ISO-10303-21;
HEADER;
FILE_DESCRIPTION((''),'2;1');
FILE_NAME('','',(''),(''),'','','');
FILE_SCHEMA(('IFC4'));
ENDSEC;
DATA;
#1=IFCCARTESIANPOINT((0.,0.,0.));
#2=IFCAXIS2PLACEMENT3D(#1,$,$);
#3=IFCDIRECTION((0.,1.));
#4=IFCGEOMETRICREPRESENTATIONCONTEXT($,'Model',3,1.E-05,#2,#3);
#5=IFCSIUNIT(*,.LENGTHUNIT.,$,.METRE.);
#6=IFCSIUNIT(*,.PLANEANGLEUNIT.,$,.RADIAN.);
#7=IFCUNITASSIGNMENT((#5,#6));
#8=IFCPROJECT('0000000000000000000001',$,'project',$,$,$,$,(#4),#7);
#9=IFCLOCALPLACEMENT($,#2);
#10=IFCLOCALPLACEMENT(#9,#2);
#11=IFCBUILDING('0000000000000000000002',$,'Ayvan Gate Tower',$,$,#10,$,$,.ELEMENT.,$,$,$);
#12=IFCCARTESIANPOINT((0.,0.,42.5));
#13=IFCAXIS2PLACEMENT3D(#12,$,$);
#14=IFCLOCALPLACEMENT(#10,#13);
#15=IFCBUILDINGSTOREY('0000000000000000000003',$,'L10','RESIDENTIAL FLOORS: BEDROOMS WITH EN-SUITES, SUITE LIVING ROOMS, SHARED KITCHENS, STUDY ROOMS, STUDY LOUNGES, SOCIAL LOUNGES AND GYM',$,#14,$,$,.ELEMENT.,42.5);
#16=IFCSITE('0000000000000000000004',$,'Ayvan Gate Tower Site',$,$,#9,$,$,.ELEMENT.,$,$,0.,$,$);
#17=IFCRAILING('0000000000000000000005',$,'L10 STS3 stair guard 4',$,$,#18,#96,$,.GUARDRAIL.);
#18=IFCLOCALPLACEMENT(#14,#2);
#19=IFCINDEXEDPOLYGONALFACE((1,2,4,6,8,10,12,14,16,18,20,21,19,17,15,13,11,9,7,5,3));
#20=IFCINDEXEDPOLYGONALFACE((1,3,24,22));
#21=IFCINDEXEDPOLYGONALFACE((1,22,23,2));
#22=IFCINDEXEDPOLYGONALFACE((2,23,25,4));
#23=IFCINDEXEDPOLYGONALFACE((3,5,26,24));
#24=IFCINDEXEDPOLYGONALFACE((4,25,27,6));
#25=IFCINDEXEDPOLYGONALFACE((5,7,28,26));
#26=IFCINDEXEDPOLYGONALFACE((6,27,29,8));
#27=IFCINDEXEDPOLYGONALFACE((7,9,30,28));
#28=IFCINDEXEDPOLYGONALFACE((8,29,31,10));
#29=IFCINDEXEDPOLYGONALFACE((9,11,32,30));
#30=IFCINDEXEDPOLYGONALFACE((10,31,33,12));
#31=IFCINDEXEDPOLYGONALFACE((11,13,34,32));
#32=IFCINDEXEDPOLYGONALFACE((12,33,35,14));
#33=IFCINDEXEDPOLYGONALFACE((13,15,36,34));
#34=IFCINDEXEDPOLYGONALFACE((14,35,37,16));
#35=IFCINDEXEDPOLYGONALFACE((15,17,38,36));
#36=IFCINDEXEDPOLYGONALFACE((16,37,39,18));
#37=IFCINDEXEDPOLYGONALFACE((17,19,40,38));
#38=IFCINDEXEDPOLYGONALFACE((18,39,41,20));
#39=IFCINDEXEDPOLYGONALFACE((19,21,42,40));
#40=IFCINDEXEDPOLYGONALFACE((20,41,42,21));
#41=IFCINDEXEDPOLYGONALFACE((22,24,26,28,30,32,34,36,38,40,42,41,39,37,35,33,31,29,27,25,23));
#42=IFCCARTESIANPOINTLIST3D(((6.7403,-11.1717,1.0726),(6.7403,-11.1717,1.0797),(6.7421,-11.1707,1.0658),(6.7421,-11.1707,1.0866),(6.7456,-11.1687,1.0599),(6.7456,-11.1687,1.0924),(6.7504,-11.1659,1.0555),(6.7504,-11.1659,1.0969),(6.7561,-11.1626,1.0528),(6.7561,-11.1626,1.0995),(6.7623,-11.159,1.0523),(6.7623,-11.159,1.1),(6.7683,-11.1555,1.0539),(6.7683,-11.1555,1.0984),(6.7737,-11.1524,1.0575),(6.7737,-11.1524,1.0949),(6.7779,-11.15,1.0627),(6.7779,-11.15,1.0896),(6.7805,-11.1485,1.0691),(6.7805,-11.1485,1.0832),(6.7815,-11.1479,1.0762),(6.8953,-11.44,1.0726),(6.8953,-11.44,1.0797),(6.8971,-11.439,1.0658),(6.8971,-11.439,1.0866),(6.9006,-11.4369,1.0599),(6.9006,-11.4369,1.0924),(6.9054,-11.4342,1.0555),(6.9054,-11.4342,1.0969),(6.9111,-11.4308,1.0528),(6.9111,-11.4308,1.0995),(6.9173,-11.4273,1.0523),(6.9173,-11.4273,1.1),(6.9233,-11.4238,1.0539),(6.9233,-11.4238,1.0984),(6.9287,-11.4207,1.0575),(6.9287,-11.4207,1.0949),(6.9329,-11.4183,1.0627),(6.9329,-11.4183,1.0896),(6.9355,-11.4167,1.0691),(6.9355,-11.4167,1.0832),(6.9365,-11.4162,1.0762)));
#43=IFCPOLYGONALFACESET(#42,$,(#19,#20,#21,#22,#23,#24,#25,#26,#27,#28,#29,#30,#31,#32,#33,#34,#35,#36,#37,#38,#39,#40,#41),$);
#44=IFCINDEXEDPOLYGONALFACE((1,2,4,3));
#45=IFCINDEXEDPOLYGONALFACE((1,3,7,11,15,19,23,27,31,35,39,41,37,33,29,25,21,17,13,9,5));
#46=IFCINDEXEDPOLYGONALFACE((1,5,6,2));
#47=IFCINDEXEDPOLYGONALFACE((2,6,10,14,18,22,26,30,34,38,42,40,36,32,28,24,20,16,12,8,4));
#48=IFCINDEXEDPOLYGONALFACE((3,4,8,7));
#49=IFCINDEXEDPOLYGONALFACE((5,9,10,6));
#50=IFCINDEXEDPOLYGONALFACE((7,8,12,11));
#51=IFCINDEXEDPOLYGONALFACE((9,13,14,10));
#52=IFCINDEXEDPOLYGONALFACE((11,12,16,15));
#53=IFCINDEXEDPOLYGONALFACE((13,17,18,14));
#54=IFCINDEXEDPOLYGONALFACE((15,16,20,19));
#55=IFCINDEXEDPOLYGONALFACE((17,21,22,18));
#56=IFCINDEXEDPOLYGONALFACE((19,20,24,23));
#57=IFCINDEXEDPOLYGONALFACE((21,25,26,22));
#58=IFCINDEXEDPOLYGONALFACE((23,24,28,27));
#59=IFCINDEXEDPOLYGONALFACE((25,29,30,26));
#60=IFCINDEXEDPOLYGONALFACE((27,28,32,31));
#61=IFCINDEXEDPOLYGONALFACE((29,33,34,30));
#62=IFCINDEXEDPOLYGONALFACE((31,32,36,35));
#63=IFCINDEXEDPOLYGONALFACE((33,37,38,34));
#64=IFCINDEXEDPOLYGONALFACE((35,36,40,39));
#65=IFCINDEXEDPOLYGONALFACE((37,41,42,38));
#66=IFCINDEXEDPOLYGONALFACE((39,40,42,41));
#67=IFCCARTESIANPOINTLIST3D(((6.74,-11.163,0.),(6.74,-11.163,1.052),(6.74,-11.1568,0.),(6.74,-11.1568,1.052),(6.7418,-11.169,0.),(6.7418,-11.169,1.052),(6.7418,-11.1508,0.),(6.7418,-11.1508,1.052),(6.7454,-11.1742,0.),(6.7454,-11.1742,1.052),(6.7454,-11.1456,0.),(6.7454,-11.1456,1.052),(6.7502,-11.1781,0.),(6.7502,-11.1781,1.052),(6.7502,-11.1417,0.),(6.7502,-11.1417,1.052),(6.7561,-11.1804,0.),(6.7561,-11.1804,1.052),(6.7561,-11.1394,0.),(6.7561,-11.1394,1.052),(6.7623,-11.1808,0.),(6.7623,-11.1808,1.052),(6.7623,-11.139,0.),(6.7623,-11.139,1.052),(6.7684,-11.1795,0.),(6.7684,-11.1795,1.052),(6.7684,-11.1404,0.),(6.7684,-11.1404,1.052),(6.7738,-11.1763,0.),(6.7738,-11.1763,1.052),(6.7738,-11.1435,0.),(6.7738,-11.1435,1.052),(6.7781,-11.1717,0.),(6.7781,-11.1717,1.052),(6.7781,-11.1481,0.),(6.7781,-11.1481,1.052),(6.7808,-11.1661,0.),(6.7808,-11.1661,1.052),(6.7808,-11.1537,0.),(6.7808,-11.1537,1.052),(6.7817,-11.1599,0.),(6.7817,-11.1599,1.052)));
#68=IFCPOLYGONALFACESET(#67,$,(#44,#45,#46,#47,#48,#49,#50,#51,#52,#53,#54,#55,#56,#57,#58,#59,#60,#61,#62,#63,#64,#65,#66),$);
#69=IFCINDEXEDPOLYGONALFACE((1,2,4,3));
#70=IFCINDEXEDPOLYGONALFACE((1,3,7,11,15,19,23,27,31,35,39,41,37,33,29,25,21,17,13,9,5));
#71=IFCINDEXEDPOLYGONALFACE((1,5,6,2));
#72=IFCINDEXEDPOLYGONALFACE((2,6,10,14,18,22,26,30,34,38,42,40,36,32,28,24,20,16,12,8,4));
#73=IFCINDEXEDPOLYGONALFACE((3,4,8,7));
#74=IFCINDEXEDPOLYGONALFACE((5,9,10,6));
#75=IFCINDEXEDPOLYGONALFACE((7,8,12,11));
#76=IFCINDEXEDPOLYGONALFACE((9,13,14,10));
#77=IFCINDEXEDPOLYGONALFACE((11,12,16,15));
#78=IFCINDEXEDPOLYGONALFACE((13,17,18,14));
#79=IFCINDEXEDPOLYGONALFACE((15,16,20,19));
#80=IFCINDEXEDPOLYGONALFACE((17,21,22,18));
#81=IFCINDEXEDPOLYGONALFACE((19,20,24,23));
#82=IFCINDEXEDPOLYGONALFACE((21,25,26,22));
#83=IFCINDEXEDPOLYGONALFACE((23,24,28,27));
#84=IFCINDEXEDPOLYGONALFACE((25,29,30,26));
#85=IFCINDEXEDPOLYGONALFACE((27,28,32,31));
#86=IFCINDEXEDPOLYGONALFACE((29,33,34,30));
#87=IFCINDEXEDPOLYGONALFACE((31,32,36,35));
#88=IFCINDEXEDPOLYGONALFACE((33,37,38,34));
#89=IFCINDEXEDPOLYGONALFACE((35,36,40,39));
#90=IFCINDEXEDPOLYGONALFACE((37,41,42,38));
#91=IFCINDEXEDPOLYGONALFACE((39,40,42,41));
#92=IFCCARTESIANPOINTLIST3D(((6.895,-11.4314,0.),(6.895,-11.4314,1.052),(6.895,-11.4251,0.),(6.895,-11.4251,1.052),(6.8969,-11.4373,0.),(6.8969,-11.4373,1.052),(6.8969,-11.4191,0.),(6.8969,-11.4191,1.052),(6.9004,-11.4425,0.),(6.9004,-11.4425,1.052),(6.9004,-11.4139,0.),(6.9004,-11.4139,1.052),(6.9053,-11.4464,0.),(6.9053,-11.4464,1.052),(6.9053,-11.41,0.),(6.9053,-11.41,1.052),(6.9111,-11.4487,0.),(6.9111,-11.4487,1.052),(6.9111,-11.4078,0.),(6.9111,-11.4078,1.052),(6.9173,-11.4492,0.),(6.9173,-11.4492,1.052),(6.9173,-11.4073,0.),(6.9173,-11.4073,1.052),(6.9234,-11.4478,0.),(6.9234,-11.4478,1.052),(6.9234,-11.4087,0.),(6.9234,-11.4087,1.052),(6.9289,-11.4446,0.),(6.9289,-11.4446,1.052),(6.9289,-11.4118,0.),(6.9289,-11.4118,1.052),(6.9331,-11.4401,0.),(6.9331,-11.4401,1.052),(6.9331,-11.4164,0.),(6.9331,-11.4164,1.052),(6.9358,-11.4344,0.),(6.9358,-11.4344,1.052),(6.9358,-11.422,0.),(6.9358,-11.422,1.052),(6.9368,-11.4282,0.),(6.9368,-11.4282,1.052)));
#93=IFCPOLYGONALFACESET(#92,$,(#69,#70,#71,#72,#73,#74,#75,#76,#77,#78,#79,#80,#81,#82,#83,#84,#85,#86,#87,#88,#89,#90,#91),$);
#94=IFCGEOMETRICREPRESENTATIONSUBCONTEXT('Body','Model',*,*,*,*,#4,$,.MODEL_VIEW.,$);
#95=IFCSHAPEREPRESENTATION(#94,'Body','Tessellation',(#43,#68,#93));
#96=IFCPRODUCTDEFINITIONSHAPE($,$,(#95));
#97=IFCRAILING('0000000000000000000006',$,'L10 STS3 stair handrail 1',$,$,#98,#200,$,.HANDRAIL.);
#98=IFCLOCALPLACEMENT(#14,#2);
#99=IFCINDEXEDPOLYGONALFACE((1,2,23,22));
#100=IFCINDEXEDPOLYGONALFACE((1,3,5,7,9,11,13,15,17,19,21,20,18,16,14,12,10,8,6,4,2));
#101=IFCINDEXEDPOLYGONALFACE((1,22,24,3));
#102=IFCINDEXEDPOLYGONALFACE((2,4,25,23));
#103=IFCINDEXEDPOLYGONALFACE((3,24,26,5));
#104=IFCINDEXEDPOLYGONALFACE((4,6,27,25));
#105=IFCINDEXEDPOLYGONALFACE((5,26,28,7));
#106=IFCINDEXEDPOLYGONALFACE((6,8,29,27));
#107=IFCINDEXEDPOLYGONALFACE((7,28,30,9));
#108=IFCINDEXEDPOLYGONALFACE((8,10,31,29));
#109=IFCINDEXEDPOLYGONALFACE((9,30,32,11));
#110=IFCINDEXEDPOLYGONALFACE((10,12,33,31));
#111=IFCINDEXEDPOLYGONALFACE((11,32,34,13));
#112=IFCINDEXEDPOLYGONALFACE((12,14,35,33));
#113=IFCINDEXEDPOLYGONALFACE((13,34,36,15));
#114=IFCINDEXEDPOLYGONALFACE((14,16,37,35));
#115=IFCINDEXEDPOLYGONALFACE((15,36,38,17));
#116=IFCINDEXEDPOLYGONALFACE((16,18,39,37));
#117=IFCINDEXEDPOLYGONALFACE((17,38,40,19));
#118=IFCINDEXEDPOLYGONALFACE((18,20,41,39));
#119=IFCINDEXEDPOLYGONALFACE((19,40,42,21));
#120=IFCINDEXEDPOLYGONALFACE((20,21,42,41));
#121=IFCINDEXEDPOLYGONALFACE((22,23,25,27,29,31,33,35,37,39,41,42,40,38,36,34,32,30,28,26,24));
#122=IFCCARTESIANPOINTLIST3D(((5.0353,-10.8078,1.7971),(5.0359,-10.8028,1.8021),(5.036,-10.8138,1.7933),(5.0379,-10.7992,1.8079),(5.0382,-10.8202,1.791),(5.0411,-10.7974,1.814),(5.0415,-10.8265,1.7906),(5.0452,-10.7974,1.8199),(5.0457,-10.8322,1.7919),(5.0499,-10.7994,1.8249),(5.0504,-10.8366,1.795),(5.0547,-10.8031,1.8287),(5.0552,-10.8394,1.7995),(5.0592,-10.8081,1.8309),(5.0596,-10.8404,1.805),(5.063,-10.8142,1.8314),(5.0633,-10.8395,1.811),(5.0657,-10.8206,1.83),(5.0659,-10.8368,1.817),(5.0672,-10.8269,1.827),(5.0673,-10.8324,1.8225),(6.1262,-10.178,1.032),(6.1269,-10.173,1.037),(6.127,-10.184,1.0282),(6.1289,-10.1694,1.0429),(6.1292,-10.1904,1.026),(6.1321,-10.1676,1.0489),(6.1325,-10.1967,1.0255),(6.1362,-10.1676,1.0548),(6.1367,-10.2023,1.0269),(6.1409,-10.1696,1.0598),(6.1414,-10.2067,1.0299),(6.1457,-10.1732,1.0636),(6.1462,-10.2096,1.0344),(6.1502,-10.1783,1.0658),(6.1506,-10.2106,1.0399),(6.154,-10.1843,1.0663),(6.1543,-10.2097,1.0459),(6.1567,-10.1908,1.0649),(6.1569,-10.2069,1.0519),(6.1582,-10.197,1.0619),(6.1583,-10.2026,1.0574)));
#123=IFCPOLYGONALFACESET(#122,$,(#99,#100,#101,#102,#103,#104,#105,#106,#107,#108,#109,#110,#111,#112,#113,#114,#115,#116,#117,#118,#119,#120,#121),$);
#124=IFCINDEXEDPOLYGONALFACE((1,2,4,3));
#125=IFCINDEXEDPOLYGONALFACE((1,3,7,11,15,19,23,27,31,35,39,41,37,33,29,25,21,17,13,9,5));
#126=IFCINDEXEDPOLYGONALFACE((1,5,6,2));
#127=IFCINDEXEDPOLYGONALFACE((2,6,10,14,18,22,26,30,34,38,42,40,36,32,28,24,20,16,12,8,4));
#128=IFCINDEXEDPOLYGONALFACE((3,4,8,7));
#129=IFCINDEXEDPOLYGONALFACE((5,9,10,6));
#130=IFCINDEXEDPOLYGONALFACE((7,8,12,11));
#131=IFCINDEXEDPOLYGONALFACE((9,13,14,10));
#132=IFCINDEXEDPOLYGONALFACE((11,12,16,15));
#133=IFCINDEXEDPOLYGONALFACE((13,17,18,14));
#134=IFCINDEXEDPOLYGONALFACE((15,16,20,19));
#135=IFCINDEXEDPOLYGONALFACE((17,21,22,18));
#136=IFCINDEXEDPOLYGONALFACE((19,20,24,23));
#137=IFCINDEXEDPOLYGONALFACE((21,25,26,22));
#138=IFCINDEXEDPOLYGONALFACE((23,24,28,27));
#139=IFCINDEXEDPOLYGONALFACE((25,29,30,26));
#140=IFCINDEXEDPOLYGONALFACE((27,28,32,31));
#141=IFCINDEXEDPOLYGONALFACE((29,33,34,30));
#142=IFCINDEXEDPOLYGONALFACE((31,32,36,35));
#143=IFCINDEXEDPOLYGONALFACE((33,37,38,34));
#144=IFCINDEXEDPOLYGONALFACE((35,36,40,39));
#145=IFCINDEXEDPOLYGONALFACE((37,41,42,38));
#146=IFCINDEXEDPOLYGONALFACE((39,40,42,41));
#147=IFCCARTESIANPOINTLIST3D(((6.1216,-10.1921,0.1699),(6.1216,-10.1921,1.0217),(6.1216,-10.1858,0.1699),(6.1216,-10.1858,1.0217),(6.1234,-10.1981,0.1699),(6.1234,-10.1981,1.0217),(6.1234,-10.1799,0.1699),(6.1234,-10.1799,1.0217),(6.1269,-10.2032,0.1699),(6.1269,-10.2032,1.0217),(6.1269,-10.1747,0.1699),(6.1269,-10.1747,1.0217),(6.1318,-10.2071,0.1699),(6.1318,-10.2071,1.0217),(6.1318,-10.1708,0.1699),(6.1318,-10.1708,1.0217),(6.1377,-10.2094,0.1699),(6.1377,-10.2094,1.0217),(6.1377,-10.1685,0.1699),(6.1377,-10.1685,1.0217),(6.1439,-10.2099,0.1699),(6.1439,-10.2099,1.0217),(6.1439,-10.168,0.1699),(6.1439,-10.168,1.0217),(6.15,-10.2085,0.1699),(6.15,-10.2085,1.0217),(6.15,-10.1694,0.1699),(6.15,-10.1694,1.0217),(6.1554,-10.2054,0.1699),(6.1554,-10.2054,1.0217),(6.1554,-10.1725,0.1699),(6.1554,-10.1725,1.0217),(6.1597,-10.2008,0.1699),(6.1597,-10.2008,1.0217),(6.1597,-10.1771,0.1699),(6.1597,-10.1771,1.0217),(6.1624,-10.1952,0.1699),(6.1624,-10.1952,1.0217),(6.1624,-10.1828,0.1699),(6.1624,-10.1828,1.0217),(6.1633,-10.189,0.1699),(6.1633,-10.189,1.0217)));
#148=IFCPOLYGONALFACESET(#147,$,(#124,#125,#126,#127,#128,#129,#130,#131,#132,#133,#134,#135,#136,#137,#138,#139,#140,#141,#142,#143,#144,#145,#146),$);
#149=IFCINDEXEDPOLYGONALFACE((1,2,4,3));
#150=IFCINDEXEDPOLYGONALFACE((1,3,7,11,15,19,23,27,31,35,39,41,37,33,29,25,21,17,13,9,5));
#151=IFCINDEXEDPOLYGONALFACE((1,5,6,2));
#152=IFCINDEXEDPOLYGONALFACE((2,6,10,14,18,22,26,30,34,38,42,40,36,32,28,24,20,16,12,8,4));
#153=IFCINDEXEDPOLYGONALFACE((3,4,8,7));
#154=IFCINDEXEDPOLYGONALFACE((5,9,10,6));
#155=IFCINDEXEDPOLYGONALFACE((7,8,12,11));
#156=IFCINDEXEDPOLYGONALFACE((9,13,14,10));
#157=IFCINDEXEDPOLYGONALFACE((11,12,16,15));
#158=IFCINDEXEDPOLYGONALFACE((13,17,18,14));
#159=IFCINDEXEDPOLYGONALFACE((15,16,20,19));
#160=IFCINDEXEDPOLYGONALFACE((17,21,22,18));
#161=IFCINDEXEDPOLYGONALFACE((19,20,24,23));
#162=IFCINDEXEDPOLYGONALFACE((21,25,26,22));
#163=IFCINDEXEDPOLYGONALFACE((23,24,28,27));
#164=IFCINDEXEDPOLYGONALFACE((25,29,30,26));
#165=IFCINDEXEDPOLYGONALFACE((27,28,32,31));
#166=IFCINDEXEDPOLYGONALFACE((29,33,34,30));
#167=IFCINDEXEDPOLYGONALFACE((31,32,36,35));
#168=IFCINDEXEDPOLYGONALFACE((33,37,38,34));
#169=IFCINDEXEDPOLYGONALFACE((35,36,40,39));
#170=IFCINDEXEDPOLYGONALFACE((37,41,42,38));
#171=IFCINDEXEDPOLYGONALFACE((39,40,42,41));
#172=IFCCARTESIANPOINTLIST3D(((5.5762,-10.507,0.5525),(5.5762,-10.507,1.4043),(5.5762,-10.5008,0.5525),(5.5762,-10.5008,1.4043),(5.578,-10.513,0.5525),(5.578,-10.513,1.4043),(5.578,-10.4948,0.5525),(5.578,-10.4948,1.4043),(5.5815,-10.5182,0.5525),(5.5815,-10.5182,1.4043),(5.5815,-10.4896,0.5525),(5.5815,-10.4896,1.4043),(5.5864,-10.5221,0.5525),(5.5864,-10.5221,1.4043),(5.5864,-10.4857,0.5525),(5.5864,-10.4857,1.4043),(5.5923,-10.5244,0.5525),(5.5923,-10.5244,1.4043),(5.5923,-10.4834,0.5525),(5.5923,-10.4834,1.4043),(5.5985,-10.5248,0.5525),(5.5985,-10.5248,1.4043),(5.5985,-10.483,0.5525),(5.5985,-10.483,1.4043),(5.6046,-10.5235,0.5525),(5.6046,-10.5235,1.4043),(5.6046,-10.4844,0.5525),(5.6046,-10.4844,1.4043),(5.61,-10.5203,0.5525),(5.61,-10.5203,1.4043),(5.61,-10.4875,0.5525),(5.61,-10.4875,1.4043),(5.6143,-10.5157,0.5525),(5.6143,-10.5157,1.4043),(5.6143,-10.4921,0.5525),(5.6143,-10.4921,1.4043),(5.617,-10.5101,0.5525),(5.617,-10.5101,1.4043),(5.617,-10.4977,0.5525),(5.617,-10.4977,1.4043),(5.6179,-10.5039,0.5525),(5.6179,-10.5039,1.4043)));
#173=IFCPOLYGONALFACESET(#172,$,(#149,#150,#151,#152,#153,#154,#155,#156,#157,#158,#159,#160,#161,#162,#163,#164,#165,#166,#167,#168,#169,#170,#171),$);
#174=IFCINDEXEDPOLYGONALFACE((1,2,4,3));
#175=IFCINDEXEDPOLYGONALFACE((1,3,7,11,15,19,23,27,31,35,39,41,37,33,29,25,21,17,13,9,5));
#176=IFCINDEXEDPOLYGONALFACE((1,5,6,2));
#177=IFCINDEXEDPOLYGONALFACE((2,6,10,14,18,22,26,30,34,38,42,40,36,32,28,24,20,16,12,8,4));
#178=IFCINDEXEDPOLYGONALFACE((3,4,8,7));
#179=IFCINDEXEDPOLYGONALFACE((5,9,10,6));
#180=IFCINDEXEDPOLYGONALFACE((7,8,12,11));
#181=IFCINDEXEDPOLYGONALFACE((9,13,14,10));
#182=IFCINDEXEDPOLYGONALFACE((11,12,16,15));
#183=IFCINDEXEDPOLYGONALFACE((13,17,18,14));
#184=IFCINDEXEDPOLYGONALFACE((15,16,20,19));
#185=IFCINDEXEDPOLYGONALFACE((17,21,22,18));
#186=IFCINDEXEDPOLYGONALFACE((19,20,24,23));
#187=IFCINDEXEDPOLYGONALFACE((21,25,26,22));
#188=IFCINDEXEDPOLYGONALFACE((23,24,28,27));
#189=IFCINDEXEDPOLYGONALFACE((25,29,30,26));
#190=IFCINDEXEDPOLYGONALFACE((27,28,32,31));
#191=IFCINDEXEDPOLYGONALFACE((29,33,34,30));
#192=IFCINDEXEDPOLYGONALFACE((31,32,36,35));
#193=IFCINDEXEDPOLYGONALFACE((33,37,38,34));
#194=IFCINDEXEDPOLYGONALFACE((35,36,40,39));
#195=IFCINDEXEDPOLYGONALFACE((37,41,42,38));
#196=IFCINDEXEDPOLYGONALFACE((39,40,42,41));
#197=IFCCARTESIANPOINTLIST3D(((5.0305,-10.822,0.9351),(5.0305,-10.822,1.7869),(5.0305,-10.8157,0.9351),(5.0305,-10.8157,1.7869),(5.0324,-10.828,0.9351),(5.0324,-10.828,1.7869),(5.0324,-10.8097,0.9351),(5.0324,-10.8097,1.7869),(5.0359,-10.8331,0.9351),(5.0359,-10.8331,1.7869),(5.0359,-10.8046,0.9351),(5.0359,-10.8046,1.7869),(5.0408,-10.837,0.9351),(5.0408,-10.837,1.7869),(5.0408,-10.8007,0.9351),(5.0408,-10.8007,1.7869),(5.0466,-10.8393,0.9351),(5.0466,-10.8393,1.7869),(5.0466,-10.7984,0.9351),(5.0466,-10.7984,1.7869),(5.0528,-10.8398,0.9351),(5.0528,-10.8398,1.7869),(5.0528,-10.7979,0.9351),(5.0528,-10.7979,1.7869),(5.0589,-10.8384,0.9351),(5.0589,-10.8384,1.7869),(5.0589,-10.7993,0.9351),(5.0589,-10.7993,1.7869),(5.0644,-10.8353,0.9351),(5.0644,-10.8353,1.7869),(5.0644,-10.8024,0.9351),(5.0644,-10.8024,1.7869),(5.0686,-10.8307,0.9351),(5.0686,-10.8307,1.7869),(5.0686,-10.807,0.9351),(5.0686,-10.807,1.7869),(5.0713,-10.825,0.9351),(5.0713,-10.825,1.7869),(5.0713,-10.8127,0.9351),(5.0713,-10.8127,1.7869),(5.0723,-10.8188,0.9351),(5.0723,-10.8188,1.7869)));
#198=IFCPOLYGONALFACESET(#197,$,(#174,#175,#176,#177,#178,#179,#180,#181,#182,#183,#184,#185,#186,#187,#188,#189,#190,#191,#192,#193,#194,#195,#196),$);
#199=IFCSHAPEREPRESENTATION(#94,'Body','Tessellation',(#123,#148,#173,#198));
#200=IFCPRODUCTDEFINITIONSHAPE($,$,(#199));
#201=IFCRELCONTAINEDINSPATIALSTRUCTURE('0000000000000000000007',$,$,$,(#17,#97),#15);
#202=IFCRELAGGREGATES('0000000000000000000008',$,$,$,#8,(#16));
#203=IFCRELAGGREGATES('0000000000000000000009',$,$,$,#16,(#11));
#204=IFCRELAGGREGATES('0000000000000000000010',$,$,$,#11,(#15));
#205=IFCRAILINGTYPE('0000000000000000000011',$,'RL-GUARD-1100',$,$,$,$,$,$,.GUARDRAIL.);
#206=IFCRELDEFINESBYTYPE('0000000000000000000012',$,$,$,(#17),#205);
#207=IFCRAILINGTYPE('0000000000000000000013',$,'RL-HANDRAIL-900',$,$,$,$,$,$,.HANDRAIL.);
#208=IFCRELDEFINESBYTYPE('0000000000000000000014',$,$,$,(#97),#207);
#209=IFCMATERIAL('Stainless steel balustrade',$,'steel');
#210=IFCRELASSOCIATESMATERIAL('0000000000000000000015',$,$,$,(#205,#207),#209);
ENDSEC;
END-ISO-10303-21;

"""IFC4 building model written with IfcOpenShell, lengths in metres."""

from ifc_helpers import new_model, si_unit, direction, frame, origin, origin_2d, place, context, subcontext, project, spatial, circle, extrude, material, type_object, element, save


model = new_model("IFC4")

# Units and contexts
model_context = context("Model", 3, precision=1e-05, world=origin(), true_north=direction((0.0, 1.0)))
body_context = subcontext(model_context, "Body", "Model", "MODEL_VIEW")
ifc_project = project(units=[si_unit("LENGTHUNIT", "METRE"), si_unit("PLANEANGLEUNIT", "RADIAN")], contexts=[model_context])

# Site, building, storey
site_placement = place(None, origin())
site = spatial("IfcSite", under=ifc_project, at=site_placement, Name="Ayvan Gate Tower Site", CompositionType="ELEMENT", RefElevation=0.0)
building_placement = place(site_placement, origin())
building = spatial("IfcBuilding", under=site, at=building_placement, Name="Ayvan Gate Tower", CompositionType="ELEMENT")
storey_placement = place(building_placement, frame((0.0, 0.0, 42.5)))
storey = spatial("IfcBuildingStorey", under=building, at=storey_placement, Name="L10", Description="RESIDENTIAL FLOORS: BEDROOMS WITH EN-SUITES, SUITE LIVING ROOMS, SHARED KITCHENS, STUDY ROOMS, STUDY LOUNGES, SOCIAL LOUNGES AND GYM", CompositionType="ELEMENT", Elevation=42.5)

# Railings
ifc_material_1 = material(Name="Stainless steel balustrade", Category="steel")
railing_type_1 = type_object("IfcRailingType", Name="RL-GUARD-1100", PredefinedType="GUARDRAIL", material=ifc_material_1)
railing_1_placement = place(storey_placement, frame((6.7607, -11.1599, 0.0)))
element("IfcRailing", 1, at=railing_1_placement, inside=storey, type_object=railing_type_1, Name="L10 STS3 stair guard 4", PredefinedType="GUARDRAIL", context=body_context, shape_type="SweptSolid", body=[
    extrude(circle(Radius=0.0239, at=origin_2d()), frame((0.0, 0.0, 1.0762), z_axis=(0.500291, -0.865857, 0.0), x_axis=(0.865857, 0.500291, 0.0)), (0.0, 0.0, 1.0), 0.3098),
    extrude(circle(Radius=0.021, at=origin_2d()), origin(), (0.0, 0.0, 1.0), 1.052),
    extrude(circle(Radius=0.021, at=origin_2d()), frame((0.155, -0.2683, 0.0)), (0.0, 0.0, 1.0), 1.052),
])
railing_type_2 = type_object("IfcRailingType", Name="RL-HANDRAIL-900", PredefinedType="HANDRAIL", material=ifc_material_1)
railing_2_placement = place(storey_placement, frame((6.1423, -10.189, 0.1699)))
element("IfcRailing", 2, at=railing_2_placement, inside=storey, type_object=railing_type_2, Name="L10 STS3 stair handrail 1", PredefinedType="HANDRAIL", context=body_context, shape_type="SweptSolid", body=[
    extrude(circle(Radius=0.0239, at=origin_2d()), frame((0.0, 0.0, 0.876), z_axis=(-0.740218, -0.427336, 0.519097), x_axis=(0.499974, -0.86604, 0.0)), (0.0, 0.0, 1.0), 1.4739),
    extrude(circle(Radius=0.021, at=origin_2d()), origin(), (0.0, 0.0, 1.0), 0.8518),
    extrude(circle(Radius=0.021, at=origin_2d()), frame((-0.5454, -0.3149, 0.3826)), (0.0, 0.0, 1.0), 0.8518),
    extrude(circle(Radius=0.021, at=origin_2d()), frame((-1.0911, -0.6299, 0.7651)), (0.0, 0.0, 1.0), 0.8518),
])

save(model, "model.ifc")
